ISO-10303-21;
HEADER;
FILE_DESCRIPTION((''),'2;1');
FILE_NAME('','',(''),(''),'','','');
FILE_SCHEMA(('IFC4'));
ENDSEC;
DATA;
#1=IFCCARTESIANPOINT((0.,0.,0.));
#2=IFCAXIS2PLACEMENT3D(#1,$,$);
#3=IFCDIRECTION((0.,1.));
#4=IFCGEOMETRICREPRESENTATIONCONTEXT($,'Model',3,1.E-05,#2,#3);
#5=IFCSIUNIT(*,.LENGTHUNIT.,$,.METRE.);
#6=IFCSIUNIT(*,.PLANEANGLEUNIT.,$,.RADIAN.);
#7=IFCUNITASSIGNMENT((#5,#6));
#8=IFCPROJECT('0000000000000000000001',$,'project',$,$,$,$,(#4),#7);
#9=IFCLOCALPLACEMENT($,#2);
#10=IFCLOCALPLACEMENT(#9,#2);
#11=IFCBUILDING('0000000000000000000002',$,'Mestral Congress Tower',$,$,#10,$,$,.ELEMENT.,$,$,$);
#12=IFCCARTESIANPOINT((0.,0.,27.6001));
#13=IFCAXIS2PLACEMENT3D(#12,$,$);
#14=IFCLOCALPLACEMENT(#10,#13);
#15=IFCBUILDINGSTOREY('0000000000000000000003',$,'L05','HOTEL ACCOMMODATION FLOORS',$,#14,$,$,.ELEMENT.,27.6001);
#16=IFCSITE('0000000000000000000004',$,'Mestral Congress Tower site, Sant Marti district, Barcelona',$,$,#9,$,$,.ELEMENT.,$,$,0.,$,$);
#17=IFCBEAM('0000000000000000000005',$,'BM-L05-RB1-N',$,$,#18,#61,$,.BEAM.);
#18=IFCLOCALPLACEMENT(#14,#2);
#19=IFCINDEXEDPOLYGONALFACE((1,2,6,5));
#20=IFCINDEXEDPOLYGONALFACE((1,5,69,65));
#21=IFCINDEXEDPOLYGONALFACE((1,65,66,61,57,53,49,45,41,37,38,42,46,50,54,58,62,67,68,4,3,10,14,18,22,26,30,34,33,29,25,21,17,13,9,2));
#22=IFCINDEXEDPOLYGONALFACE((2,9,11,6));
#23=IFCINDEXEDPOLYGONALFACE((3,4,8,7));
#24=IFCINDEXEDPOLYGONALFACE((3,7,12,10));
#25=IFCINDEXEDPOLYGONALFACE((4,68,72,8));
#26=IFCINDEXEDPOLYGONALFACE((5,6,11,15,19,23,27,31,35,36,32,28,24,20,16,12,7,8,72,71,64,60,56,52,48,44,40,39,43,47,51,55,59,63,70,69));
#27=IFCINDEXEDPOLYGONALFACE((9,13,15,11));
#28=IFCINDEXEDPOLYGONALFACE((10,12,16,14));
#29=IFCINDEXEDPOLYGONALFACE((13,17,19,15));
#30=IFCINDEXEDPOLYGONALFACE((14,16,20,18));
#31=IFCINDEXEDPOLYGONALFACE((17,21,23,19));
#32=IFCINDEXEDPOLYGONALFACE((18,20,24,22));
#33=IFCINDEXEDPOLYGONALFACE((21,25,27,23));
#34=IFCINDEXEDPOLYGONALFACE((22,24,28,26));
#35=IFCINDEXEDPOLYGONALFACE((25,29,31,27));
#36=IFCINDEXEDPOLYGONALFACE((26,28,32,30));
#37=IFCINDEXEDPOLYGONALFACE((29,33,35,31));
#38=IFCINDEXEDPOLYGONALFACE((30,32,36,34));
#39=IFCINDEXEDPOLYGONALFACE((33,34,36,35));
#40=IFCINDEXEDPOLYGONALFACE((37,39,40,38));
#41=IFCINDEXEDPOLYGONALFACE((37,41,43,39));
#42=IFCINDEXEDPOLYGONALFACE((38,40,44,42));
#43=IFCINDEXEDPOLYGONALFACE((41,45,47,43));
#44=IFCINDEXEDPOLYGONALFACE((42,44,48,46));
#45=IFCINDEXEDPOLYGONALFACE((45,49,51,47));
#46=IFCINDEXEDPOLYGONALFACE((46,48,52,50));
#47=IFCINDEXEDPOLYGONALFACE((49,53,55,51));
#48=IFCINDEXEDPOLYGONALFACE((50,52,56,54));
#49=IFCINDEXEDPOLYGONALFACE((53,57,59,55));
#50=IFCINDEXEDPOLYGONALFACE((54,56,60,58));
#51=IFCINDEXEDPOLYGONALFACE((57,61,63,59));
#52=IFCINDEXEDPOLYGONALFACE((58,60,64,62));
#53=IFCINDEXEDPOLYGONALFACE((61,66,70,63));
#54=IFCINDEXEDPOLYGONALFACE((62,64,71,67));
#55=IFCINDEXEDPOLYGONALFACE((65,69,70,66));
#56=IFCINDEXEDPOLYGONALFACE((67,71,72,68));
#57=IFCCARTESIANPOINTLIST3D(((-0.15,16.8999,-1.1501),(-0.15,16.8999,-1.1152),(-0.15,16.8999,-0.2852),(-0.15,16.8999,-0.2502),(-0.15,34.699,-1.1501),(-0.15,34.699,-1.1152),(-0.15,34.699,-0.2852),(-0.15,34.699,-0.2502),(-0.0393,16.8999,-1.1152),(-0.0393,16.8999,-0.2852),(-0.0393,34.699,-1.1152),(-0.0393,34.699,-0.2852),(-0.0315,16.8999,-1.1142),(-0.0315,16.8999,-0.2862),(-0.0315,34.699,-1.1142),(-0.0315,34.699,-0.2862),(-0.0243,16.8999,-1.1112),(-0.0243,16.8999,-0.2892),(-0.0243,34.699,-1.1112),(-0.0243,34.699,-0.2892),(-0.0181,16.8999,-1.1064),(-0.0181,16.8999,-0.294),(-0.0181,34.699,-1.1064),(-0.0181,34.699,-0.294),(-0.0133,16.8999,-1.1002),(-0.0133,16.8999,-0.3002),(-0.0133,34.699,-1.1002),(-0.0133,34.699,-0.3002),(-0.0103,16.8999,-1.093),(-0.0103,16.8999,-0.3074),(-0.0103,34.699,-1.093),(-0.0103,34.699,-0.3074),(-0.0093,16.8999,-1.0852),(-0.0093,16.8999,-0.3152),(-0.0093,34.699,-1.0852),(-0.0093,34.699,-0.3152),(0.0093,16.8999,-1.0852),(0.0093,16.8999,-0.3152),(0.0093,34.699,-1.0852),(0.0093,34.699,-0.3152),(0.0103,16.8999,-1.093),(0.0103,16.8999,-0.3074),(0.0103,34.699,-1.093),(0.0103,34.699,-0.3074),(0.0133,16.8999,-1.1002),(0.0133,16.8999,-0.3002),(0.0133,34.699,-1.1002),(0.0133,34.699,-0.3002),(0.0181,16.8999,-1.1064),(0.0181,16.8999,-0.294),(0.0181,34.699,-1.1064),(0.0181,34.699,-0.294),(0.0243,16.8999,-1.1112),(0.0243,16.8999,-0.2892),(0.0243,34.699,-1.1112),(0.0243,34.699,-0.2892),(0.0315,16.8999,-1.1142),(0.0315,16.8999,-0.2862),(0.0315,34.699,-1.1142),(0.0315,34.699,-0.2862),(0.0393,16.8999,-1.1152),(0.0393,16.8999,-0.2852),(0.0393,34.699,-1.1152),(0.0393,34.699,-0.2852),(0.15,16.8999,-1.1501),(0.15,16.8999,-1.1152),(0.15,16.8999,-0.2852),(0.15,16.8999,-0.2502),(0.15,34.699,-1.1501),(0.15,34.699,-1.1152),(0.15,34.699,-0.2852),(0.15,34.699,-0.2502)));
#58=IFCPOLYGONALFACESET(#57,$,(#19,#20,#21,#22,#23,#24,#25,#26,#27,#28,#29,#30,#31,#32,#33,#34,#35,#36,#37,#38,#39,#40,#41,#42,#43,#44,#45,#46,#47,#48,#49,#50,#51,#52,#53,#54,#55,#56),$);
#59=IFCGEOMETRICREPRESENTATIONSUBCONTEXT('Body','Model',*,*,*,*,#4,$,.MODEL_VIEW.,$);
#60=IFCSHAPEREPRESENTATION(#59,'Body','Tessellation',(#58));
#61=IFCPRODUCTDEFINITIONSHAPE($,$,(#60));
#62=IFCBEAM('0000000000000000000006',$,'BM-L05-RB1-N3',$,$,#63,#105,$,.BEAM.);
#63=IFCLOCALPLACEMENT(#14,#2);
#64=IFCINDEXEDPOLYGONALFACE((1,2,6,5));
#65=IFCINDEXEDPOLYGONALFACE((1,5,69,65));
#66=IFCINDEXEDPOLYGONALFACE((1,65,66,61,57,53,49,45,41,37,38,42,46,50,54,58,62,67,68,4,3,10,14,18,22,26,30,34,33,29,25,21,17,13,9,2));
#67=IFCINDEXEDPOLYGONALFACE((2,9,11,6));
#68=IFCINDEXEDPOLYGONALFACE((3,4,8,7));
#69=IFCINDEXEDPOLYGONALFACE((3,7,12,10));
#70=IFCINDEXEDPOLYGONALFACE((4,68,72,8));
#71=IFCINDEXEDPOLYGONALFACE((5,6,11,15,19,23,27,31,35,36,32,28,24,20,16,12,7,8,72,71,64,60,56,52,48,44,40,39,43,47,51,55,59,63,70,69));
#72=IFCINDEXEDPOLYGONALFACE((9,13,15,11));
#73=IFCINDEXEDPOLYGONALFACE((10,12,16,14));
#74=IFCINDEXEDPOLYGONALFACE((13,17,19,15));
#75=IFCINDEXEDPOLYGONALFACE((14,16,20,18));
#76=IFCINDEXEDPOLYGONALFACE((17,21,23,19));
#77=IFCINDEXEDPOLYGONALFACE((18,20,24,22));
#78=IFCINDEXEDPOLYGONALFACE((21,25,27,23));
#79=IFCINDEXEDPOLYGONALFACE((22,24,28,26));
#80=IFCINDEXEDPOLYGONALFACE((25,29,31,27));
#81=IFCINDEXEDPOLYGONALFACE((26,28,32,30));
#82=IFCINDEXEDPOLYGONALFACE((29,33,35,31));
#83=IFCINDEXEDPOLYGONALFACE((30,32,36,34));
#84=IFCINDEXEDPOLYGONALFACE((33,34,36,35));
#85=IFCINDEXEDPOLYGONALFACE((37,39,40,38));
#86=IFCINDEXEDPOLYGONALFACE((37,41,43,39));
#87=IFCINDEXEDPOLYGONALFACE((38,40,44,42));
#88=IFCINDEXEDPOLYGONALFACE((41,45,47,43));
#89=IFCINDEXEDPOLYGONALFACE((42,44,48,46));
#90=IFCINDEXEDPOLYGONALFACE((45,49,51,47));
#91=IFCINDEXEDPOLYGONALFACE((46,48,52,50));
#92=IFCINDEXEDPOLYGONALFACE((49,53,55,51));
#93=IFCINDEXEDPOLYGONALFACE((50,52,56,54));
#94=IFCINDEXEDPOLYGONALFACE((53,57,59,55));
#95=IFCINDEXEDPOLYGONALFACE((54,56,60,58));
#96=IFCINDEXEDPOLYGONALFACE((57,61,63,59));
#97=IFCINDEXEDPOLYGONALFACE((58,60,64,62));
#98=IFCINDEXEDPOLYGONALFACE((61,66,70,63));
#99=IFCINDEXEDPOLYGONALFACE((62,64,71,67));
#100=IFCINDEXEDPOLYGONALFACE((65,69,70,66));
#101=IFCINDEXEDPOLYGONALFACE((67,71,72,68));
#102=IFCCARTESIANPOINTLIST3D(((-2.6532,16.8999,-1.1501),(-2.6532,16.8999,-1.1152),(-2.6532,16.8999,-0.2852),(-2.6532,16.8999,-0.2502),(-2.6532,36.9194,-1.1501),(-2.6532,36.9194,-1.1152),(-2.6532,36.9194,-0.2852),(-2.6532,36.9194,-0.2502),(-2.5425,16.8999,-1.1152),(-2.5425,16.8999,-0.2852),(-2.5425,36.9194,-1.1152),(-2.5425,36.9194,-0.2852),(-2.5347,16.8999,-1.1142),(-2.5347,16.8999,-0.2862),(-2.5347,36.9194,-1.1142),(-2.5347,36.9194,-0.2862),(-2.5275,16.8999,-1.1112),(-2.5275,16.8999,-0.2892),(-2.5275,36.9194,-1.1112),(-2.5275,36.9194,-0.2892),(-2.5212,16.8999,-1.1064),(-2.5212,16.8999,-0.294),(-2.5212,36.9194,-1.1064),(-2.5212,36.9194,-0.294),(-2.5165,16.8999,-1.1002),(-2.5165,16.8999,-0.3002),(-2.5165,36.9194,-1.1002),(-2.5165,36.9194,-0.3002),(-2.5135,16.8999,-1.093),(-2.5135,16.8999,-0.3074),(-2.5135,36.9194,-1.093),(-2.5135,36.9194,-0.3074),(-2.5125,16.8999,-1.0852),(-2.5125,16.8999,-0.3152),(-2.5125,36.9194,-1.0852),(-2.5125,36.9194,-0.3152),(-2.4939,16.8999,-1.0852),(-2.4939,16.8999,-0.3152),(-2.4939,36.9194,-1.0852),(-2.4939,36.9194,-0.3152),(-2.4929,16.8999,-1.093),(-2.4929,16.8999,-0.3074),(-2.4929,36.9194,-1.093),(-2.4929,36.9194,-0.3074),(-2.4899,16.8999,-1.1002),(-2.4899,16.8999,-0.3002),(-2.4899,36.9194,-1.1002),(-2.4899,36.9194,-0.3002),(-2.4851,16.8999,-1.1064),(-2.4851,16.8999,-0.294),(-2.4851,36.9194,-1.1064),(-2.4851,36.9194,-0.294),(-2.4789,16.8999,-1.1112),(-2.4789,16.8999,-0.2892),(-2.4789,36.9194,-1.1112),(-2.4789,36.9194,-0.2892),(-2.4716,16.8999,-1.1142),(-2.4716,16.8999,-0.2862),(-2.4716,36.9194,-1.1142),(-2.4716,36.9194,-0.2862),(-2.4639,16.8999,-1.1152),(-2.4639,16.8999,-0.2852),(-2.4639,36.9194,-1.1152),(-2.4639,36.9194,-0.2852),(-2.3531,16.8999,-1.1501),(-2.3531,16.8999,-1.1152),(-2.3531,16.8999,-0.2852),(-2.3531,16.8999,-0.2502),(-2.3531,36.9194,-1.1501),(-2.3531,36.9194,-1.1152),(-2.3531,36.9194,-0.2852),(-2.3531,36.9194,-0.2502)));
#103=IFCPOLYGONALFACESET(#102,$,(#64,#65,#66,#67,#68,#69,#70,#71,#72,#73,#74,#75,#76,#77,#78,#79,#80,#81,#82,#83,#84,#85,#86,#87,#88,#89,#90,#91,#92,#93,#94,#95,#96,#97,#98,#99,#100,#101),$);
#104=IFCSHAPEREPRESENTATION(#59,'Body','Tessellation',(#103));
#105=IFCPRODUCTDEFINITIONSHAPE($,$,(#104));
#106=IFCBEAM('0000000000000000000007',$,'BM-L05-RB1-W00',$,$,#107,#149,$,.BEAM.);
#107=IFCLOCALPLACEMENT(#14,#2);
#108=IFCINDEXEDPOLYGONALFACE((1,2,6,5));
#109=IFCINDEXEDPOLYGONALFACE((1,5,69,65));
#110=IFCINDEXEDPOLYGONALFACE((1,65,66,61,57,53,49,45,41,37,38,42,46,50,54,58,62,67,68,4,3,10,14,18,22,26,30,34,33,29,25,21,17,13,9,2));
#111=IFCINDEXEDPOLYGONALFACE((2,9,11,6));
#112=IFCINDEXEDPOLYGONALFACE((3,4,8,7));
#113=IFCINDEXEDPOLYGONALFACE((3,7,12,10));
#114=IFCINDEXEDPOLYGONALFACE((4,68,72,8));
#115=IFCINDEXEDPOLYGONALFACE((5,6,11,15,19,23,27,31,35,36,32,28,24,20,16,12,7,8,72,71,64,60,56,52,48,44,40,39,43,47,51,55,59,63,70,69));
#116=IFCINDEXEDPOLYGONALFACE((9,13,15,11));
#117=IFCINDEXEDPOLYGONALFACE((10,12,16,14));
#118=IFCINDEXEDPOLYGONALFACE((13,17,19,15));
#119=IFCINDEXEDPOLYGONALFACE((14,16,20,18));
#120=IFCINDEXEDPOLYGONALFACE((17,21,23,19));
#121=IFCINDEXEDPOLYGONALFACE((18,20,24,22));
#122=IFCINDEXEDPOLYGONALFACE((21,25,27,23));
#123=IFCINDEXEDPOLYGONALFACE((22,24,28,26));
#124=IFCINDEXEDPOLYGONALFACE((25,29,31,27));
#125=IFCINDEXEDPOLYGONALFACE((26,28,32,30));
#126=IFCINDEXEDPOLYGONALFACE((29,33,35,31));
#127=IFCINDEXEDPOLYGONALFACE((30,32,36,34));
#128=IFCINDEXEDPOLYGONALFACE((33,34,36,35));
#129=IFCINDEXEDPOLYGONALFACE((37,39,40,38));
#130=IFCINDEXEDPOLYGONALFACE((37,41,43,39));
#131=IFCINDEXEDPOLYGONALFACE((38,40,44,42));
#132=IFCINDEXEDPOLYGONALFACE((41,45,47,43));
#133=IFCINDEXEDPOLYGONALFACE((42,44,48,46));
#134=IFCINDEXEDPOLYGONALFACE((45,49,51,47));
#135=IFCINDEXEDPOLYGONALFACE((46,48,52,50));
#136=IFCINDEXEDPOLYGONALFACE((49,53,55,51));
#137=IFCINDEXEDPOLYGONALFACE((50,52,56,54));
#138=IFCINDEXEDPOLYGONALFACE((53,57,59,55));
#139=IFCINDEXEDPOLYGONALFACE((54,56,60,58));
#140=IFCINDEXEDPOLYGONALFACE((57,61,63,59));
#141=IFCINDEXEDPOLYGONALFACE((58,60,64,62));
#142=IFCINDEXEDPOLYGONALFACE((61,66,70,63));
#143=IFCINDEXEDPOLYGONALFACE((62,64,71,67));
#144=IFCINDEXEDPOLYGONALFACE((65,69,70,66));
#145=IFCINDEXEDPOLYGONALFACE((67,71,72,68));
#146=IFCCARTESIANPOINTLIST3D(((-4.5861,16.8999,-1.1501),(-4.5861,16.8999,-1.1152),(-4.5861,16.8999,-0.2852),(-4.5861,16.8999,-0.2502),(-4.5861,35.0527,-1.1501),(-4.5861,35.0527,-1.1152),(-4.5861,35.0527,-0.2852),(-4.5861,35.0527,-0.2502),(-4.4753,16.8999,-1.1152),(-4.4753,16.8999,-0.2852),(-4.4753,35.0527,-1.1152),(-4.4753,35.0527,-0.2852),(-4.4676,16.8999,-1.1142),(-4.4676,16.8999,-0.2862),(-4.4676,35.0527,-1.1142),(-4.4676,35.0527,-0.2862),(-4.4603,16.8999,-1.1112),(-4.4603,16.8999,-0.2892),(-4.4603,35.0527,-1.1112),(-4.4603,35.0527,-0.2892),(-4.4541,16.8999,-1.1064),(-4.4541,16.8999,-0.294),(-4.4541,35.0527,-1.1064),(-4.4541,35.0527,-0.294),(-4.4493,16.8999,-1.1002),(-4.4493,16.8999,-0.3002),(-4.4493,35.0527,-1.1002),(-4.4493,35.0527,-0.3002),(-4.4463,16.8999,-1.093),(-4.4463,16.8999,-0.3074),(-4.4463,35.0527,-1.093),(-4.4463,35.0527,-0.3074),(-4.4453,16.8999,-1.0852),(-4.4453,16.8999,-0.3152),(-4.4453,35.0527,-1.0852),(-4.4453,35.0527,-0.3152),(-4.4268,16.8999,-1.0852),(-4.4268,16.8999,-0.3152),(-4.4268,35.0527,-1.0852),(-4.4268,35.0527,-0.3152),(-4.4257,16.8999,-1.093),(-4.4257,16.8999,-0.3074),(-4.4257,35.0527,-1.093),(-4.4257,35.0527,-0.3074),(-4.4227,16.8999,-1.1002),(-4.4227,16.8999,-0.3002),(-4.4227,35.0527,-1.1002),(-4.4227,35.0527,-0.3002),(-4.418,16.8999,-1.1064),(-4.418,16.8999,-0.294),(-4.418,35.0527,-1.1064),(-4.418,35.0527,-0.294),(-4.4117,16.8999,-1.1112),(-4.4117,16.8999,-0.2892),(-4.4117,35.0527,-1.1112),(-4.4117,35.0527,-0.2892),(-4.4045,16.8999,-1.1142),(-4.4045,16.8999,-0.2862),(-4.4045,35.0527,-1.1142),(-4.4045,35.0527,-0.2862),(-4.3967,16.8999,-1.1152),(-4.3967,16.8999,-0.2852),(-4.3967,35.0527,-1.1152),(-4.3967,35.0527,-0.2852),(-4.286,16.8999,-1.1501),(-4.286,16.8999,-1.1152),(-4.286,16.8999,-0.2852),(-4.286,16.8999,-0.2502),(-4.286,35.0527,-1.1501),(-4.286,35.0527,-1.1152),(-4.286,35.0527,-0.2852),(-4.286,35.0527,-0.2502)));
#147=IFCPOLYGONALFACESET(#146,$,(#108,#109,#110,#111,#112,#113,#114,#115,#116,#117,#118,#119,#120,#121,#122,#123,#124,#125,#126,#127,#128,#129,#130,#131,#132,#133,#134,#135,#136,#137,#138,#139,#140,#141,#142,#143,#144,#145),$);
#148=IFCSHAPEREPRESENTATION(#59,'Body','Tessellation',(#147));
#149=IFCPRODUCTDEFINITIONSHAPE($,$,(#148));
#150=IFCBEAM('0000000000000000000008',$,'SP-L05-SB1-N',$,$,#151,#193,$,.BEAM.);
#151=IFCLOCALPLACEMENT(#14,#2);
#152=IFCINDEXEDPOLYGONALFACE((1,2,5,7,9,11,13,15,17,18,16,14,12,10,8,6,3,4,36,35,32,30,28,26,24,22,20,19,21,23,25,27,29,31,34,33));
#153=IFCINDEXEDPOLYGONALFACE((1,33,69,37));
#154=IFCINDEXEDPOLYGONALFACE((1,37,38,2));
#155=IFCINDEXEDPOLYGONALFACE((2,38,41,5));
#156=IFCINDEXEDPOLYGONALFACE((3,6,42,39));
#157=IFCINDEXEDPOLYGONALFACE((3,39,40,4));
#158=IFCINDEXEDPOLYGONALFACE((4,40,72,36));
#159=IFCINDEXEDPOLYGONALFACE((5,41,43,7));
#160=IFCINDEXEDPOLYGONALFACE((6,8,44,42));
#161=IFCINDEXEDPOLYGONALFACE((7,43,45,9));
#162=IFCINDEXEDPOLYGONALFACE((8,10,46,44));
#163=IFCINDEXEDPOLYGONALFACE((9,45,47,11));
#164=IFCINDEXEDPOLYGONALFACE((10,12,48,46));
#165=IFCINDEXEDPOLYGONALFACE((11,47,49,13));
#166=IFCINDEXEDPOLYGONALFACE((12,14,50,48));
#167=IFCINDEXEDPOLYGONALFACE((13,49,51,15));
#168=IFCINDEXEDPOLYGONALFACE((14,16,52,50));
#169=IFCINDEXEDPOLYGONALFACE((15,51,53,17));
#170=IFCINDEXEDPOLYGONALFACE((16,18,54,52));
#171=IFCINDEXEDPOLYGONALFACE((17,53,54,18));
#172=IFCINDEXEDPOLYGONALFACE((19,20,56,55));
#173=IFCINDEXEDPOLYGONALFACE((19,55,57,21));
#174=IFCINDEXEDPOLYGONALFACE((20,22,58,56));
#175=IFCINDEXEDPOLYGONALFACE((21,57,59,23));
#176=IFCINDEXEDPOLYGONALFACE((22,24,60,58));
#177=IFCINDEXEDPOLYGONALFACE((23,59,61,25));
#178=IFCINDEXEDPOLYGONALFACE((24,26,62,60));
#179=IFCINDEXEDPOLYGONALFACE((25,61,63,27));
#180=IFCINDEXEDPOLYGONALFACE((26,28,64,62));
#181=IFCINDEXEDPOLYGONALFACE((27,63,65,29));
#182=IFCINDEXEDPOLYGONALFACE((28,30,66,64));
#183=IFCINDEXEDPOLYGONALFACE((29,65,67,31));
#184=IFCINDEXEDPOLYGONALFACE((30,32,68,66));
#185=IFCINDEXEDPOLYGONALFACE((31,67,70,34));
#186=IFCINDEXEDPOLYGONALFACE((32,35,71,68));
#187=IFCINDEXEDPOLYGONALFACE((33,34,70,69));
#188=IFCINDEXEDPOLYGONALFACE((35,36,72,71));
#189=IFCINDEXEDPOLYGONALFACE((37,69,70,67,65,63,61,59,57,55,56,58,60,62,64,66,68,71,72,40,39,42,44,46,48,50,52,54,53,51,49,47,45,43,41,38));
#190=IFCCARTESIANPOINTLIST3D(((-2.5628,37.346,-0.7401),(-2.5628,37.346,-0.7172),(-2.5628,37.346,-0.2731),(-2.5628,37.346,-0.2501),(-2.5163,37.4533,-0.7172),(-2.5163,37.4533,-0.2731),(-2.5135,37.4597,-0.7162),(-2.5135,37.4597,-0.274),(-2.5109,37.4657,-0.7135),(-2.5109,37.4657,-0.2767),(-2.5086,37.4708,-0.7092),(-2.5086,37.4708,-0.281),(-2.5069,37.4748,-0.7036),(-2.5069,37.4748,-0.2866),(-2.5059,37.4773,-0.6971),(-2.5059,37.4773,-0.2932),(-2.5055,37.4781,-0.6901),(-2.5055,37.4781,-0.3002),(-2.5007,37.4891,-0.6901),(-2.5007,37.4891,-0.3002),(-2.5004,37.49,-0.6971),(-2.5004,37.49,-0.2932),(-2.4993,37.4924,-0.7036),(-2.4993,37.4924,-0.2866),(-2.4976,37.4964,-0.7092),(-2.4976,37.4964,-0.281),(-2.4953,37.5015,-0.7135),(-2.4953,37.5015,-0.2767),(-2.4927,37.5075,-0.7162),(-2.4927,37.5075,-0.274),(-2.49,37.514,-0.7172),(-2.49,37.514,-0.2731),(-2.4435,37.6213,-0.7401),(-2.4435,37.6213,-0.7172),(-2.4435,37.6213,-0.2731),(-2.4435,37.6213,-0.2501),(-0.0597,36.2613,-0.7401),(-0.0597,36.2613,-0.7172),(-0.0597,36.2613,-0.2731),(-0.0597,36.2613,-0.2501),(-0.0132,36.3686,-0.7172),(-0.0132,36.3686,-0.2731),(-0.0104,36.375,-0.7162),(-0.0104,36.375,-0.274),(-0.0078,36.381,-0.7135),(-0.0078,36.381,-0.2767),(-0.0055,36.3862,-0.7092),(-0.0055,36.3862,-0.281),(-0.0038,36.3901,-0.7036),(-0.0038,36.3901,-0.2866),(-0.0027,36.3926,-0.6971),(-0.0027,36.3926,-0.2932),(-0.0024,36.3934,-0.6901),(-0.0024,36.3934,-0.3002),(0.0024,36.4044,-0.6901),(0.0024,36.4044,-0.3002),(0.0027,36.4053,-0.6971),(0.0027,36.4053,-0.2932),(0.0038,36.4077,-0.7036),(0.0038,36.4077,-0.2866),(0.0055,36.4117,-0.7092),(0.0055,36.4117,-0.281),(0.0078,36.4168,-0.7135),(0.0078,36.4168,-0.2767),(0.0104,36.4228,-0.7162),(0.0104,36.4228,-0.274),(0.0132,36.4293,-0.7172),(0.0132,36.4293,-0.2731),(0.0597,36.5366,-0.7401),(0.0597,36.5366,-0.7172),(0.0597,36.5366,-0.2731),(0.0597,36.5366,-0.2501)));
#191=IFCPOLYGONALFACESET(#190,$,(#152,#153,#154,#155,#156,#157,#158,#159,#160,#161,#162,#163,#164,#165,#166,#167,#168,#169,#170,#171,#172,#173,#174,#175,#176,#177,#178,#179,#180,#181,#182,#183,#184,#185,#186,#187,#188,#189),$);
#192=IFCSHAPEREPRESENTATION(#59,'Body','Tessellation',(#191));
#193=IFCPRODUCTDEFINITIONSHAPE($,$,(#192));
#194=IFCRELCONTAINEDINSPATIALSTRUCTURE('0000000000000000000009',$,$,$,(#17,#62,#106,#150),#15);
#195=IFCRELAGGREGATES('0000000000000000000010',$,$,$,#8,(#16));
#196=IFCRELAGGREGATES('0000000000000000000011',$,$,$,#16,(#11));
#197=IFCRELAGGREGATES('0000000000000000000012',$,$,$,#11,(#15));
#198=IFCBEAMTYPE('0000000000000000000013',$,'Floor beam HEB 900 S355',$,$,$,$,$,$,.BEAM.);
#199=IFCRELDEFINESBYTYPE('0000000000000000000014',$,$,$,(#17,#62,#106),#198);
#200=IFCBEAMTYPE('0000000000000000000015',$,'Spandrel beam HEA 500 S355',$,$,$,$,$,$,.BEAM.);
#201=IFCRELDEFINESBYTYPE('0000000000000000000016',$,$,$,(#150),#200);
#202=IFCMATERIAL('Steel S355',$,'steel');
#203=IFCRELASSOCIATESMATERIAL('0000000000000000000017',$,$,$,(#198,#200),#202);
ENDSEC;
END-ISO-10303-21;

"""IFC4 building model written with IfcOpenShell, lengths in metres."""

from ifc_helpers import new_model, si_unit, direction, frame, origin, origin_2d, place, context, subcontext, project, spatial, i_section, extrude, material, material_profile, profile_set, type_object, element, save


model = new_model("IFC4")

# Units and contexts
model_context = context("Model", 3, precision=1e-05, world=origin(), true_north=direction((0.0, 1.0)))
body_context = subcontext(model_context, "Body", "Model", "MODEL_VIEW")
ifc_project = project(units=[si_unit("LENGTHUNIT", "METRE"), si_unit("PLANEANGLEUNIT", "RADIAN")], contexts=[model_context])

# Site, building, storey
site_placement = place(None, origin())
site = spatial("IfcSite", under=ifc_project, at=site_placement, Name="Mestral Congress Tower site, Sant Marti district, Barcelona", CompositionType="ELEMENT", RefElevation=0.0)
building_placement = place(site_placement, origin())
building = spatial("IfcBuilding", under=site, at=building_placement, Name="Mestral Congress Tower", CompositionType="ELEMENT")
storey_placement = place(building_placement, frame((0.0, 0.0, 27.6001)))
storey = spatial("IfcBuildingStorey", under=building, at=storey_placement, Name="L05", Description="HOTEL ACCOMMODATION FLOORS", CompositionType="ELEMENT", Elevation=27.6001)

# Beams
ifc_material_1 = material(Name="Steel S355", Category="steel")
ifc_material_profile_1 = material_profile(ifc_material_1, i_section(OverallWidth=0.3, OverallDepth=0.8999, WebThickness=0.0186, FlangeThickness=0.0349, FilletRadius=0.03, at=origin_2d()), Name="HEB 900")
ifc_profile_set_1 = profile_set([ifc_material_profile_1], Name="Steel S355")
beam_type_1 = type_object("IfcBeamType", Name="Floor beam HEB 900 S355", PredefinedType="BEAM", material=ifc_profile_set_1)
beam_1_placement = place(storey_placement, frame((0.0, 34.699, -0.7002), z_axis=(0.0, -1.0, 0.0), x_axis=(1.0, 0.0, 0.0)))
element("IfcBeam", 1, at=beam_1_placement, inside=storey, type_object=beam_type_1, Name="BM-L05-RB1-N", PredefinedType="BEAM", context=body_context, shape_type="SweptSolid", body=[
    extrude(i_section(OverallWidth=0.3, OverallDepth=0.8999, WebThickness=0.0186, FlangeThickness=0.0349, FilletRadius=0.03, at=origin_2d()), origin(), (0.0, 0.0, 1.0), 17.7991),
])
beam_2_placement = place(storey_placement, frame((-2.5032, 36.9194, -0.7002), z_axis=(0.0, -1.0, 0.0), x_axis=(1.0, 0.0, 0.0)))
element("IfcBeam", 2, at=beam_2_placement, inside=storey, type_object=beam_type_1, Name="BM-L05-RB1-N3", PredefinedType="BEAM", context=body_context, shape_type="SweptSolid", body=[
    extrude(i_section(OverallWidth=0.3, OverallDepth=0.8999, WebThickness=0.0186, FlangeThickness=0.0349, FilletRadius=0.03, at=origin_2d()), origin(), (0.0, 0.0, 1.0), 20.0195),
])
beam_3_placement = place(storey_placement, frame((-4.436, 35.0527, -0.7002), z_axis=(0.0, -1.0, 0.0), x_axis=(1.0, 0.0, 0.0)))
element("IfcBeam", 3, at=beam_3_placement, inside=storey, type_object=beam_type_1, Name="BM-L05-RB1-W00", PredefinedType="BEAM", context=body_context, shape_type="SweptSolid", body=[
    extrude(i_section(OverallWidth=0.3, OverallDepth=0.8999, WebThickness=0.0186, FlangeThickness=0.0349, FilletRadius=0.03, at=origin_2d()), origin(), (0.0, 0.0, 1.0), 18.1528),
])
ifc_material_profile_2 = material_profile(ifc_material_1, i_section(OverallWidth=0.3, OverallDepth=0.49, WebThickness=0.012, FlangeThickness=0.0229, FilletRadius=0.0271, at=origin_2d()), Name="HEA 500")
ifc_profile_set_2 = profile_set([ifc_material_profile_2], Name="Steel S355")
beam_type_2 = type_object("IfcBeamType", Name="Spandrel beam HEA 500 S355", PredefinedType="BEAM", material=ifc_profile_set_2)
beam_4_placement = place(storey_placement, frame((0.0, 36.3989, -0.4951), z_axis=(-0.917555, 0.39761, 0.0), x_axis=(-0.39761, -0.917555, 0.0)))
element("IfcBeam", 4, at=beam_4_placement, inside=storey, type_object=beam_type_2, Name="SP-L05-SB1-N", PredefinedType="BEAM", context=body_context, shape_type="SweptSolid", body=[
    extrude(i_section(OverallWidth=0.3, OverallDepth=0.49, WebThickness=0.012, FlangeThickness=0.0229, FilletRadius=0.0271, at=origin_2d()), origin(), (0.0, 0.0, 1.0), 2.728),
])

save(model, "model.ifc")
